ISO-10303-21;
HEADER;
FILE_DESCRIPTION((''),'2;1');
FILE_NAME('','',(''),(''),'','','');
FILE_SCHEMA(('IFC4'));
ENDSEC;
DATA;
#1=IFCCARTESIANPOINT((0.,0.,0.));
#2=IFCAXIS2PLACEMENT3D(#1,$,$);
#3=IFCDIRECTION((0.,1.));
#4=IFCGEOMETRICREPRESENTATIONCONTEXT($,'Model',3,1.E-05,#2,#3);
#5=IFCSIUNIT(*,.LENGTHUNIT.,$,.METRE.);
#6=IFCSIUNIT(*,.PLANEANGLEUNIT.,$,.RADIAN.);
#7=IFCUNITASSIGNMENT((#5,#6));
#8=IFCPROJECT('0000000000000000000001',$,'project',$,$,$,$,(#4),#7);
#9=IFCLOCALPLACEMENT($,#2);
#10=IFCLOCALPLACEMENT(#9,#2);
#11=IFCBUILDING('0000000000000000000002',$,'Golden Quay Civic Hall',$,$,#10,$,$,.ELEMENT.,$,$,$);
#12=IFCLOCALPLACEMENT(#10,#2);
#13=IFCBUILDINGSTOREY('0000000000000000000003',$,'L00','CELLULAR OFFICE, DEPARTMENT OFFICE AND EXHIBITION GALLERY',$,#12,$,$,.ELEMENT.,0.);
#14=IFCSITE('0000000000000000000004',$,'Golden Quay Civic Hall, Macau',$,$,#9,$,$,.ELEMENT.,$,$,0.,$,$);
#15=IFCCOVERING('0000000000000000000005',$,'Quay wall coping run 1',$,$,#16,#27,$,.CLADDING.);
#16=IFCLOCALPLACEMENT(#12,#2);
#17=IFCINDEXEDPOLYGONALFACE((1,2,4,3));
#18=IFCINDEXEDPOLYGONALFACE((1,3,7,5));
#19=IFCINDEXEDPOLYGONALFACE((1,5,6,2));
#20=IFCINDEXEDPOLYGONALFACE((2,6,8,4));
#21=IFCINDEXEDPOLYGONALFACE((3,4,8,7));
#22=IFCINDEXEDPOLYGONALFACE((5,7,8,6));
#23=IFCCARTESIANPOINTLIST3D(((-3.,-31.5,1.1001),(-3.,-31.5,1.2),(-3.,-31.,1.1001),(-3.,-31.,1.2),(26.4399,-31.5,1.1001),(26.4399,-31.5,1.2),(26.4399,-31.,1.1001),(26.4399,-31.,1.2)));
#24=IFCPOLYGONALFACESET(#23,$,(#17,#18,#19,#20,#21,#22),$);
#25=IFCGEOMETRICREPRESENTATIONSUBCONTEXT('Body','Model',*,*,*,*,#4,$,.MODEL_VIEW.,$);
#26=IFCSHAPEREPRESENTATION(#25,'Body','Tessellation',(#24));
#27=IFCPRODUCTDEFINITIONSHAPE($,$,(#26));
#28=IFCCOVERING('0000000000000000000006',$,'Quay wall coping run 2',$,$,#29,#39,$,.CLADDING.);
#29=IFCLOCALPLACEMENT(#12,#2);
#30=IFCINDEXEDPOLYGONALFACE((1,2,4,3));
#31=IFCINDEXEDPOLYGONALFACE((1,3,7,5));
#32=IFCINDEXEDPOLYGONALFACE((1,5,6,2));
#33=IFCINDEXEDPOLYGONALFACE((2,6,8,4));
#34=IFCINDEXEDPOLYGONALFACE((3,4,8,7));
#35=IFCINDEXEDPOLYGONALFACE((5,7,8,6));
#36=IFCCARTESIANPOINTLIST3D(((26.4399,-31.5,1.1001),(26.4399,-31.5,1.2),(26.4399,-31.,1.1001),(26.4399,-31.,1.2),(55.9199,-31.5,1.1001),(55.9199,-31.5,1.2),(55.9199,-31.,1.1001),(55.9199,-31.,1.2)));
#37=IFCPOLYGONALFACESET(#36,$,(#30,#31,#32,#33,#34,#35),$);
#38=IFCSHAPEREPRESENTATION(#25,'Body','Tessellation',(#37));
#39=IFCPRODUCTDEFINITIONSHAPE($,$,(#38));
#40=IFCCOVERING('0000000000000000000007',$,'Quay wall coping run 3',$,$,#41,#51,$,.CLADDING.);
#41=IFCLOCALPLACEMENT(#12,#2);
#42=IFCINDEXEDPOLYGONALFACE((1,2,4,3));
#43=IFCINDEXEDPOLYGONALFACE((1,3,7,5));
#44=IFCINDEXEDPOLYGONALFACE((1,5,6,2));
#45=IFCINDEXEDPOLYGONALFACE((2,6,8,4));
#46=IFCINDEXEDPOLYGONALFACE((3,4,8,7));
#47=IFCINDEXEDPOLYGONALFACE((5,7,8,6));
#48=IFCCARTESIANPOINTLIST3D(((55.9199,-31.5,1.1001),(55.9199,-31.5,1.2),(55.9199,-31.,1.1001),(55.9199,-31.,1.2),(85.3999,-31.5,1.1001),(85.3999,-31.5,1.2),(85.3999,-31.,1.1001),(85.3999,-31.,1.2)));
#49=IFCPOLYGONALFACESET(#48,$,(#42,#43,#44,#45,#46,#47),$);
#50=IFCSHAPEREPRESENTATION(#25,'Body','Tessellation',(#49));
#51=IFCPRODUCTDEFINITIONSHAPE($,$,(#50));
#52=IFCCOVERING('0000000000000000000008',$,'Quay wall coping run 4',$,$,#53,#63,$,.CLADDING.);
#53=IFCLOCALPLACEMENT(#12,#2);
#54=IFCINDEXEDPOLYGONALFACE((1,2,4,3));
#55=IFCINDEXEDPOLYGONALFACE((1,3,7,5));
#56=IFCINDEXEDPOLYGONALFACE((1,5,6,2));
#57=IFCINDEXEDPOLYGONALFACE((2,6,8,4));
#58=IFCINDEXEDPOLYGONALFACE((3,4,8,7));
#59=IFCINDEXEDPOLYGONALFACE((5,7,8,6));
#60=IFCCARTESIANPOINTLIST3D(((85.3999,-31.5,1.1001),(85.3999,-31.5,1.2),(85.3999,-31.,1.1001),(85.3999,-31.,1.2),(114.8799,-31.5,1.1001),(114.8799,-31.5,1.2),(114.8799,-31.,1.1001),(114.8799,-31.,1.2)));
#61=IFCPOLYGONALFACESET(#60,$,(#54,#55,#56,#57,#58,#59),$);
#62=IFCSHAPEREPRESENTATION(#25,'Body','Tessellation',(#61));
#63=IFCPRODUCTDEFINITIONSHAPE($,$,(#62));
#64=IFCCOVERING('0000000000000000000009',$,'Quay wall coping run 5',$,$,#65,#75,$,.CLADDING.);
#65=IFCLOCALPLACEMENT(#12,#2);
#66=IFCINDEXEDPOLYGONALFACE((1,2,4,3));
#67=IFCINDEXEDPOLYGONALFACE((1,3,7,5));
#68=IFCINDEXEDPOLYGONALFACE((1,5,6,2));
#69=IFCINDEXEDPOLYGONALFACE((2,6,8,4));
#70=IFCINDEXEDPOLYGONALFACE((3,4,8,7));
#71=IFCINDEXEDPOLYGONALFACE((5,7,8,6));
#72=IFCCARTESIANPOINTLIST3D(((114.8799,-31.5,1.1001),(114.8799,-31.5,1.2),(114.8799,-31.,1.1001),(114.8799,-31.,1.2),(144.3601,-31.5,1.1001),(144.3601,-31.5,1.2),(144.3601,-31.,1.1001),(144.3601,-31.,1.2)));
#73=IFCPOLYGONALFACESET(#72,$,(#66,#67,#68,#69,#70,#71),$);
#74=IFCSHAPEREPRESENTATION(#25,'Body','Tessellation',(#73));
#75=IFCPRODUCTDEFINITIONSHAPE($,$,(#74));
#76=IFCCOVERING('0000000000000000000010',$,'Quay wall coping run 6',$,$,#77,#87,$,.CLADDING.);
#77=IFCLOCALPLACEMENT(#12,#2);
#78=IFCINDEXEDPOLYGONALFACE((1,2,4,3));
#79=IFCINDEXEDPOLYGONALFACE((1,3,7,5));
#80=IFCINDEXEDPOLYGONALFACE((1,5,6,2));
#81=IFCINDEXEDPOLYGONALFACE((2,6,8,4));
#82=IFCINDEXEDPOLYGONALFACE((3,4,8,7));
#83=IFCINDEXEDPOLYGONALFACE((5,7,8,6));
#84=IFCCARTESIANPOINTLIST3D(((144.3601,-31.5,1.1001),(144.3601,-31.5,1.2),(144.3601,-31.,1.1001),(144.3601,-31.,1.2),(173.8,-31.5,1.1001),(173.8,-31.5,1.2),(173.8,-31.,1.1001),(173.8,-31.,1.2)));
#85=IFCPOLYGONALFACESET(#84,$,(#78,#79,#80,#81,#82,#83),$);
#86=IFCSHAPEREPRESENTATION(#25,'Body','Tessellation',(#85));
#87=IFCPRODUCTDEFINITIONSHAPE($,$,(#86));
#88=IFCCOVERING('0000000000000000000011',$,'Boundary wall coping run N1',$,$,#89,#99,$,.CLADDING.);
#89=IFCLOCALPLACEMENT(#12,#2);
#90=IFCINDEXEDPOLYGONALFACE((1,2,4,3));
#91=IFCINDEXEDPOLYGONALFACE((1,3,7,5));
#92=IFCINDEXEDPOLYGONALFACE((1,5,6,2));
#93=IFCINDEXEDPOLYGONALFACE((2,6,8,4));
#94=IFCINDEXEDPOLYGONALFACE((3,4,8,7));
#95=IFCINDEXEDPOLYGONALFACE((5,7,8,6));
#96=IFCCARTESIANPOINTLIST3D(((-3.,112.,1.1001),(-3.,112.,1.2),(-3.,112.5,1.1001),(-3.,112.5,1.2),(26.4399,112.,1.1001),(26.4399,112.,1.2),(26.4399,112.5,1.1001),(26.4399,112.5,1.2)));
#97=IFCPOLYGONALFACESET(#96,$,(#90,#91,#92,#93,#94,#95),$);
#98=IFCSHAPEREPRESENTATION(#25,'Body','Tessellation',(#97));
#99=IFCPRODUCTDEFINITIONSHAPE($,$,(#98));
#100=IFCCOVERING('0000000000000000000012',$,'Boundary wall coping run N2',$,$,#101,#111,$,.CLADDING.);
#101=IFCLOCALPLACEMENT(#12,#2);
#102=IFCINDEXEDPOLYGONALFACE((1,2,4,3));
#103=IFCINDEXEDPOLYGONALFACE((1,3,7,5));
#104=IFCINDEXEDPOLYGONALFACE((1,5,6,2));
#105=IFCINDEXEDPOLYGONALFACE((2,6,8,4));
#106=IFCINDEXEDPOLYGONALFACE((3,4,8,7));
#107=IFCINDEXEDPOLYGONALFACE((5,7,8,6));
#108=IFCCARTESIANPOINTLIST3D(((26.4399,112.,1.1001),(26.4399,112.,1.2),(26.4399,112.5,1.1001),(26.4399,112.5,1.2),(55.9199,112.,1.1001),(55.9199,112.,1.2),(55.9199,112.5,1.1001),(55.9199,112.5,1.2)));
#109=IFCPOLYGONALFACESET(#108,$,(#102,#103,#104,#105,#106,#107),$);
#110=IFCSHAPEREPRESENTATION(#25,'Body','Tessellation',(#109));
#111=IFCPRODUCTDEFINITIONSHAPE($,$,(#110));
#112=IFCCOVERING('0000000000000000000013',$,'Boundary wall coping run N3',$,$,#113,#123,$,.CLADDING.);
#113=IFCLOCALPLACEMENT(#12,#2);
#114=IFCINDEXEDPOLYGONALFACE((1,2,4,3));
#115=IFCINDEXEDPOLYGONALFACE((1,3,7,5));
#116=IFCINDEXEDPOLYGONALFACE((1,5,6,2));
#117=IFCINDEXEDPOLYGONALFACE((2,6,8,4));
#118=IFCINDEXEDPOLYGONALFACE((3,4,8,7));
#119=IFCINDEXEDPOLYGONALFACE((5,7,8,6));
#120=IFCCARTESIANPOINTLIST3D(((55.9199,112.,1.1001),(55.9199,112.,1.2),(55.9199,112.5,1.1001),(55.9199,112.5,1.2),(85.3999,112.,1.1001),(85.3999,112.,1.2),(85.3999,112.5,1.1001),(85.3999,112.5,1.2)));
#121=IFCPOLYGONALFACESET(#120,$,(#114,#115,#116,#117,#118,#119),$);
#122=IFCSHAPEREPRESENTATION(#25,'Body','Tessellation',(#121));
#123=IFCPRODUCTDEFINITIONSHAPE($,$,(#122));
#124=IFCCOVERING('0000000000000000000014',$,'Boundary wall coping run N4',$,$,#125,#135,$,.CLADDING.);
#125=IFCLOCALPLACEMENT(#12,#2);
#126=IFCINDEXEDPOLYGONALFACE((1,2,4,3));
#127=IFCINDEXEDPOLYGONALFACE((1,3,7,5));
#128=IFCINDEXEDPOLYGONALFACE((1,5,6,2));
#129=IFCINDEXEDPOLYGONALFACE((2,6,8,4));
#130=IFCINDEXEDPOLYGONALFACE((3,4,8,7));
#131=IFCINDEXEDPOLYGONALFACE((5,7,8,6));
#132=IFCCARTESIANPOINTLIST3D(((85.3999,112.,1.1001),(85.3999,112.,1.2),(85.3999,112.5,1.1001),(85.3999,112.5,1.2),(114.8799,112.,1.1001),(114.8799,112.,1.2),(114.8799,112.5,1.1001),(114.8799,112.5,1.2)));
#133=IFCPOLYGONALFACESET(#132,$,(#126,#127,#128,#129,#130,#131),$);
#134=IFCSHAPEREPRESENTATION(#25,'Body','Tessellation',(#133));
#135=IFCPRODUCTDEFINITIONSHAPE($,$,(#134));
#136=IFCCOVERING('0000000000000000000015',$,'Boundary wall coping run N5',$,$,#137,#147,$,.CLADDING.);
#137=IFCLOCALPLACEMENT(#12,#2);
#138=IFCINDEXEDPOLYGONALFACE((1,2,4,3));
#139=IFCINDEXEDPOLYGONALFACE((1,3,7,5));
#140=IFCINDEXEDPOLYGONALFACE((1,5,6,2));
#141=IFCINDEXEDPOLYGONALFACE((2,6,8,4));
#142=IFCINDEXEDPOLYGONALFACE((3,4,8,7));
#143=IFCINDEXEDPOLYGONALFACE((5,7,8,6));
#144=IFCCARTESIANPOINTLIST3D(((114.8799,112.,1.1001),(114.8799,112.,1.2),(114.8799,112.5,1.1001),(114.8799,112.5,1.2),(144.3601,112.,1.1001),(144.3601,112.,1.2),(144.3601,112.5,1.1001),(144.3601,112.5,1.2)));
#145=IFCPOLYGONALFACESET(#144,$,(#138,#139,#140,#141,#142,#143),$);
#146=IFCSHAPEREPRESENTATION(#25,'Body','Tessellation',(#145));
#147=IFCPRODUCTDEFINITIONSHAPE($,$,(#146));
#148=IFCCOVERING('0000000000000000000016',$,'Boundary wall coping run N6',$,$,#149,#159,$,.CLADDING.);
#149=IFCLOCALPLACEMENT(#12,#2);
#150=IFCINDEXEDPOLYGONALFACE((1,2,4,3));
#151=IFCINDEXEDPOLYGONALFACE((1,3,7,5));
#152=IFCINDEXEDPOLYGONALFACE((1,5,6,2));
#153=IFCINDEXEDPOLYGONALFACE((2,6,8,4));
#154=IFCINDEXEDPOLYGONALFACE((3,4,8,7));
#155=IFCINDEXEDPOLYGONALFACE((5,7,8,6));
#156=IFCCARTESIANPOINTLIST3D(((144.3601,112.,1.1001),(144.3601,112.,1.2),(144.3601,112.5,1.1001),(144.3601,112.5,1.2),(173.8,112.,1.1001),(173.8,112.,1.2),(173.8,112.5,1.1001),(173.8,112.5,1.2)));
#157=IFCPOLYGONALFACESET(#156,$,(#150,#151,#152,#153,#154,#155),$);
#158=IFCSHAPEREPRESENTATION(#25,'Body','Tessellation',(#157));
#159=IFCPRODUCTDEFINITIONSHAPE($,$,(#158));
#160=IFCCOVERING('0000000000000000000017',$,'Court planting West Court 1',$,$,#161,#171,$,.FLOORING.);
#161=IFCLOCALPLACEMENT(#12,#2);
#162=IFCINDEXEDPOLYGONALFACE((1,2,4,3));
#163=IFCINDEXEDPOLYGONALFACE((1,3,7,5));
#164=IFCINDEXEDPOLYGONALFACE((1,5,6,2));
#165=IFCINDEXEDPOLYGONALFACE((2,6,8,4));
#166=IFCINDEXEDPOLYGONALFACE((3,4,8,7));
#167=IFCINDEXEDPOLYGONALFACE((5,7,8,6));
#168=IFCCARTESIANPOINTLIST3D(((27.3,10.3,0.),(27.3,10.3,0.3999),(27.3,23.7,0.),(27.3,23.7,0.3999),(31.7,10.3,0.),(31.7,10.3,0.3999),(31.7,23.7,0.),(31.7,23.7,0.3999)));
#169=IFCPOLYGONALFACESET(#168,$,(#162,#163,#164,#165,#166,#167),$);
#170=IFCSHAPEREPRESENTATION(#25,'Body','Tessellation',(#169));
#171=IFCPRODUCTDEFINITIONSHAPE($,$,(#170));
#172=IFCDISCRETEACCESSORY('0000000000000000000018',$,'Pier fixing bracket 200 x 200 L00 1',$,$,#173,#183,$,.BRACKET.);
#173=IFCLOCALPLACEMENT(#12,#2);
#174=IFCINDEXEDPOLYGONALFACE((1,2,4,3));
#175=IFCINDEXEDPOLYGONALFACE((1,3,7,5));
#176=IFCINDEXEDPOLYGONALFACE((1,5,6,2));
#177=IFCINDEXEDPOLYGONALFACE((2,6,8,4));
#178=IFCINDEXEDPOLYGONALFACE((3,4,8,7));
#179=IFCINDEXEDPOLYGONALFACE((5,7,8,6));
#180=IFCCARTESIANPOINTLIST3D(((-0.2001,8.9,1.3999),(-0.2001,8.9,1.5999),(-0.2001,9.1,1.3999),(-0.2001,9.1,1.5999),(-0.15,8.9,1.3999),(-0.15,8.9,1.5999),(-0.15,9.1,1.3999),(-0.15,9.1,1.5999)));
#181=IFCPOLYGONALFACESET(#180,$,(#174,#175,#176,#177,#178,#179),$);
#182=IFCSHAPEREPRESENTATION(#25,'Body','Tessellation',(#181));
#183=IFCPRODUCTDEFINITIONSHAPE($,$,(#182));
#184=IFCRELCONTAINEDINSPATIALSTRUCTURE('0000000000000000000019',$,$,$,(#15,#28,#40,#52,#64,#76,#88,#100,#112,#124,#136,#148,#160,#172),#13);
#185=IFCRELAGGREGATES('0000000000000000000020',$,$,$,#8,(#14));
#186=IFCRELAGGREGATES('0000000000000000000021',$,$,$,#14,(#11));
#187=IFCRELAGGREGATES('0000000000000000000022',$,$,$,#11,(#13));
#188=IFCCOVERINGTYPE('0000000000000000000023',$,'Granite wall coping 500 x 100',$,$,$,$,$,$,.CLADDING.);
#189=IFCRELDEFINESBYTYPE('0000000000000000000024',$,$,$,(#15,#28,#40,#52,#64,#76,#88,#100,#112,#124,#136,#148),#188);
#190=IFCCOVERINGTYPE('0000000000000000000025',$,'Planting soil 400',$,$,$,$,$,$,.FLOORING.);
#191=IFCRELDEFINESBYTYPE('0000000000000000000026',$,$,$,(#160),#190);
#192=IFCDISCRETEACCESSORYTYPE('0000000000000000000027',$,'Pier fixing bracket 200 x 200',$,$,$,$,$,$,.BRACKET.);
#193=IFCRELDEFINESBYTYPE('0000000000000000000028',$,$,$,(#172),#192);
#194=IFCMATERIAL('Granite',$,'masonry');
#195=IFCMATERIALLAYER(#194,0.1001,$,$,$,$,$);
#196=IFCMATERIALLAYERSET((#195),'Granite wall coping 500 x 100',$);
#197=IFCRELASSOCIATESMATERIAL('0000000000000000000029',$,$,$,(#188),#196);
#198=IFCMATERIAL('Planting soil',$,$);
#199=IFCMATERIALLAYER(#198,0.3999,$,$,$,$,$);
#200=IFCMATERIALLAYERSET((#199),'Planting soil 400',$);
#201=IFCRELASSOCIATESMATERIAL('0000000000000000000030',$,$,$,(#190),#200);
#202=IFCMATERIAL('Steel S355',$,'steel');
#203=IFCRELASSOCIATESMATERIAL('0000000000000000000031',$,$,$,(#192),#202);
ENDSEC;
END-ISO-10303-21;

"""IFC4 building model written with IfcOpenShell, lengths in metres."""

from ifc_helpers import new_model, si_unit, direction, frame, origin, origin_2d, place, context, subcontext, project, spatial, polyline, rectangle, outline, extrude, material, layer, layer_set, type_object, element, save


model = new_model("IFC4")

# Units and contexts
model_context = context("Model", 3, precision=1e-05, world=origin(), true_north=direction((0.0, 1.0)))
body_context = subcontext(model_context, "Body", "Model", "MODEL_VIEW")
ifc_project = project(units=[si_unit("LENGTHUNIT", "METRE"), si_unit("PLANEANGLEUNIT", "RADIAN")], contexts=[model_context])

# Site, building, storey
site_placement = place(None, origin())
site = spatial("IfcSite", under=ifc_project, at=site_placement, Name="Golden Quay Civic Hall, Macau", CompositionType="ELEMENT", RefElevation=0.0)
building_placement = place(site_placement, origin())
building = spatial("IfcBuilding", under=site, at=building_placement, Name="Golden Quay Civic Hall", CompositionType="ELEMENT")
storey_placement = place(building_placement, origin())
storey = spatial("IfcBuildingStorey", under=building, at=storey_placement, Name="L00", Description="CELLULAR OFFICE, DEPARTMENT OFFICE AND EXHIBITION GALLERY", CompositionType="ELEMENT", Elevation=0.0)

# Coverings
ifc_material_1 = material(Name="Granite", Category="masonry")
ifc_layer_1 = layer(ifc_material_1, 0.1001)
ifc_layer_set_1 = layer_set([ifc_layer_1], Name="Granite wall coping 500 x 100")
covering_type_1 = type_object("IfcCoveringType", Name="Granite wall coping 500 x 100", PredefinedType="CLADDING", material=ifc_layer_set_1)
covering_1_placement = place(storey_placement, frame((0.0, 0.0, 1.1001)))
element("IfcCovering", 1, at=covering_1_placement, inside=storey, type_object=covering_type_1, Name="Quay wall coping run 1", PredefinedType="CLADDING", context=body_context, shape_type="SweptSolid", body=[
    extrude(outline(polyline([(-3.0, -31.5), (26.4399, -31.5), (26.4399, -31.0), (-3.0, -31.0), (-3.0, -31.5)])), origin(), (0.0, 0.0, 1.0), 0.0999),
])
covering_2_placement = place(storey_placement, frame((0.0, 0.0, 1.1001)))
element("IfcCovering", 2, at=covering_2_placement, inside=storey, type_object=covering_type_1, Name="Quay wall coping run 2", PredefinedType="CLADDING", context=body_context, shape_type="SweptSolid", body=[
    extrude(outline(polyline([(26.4399, -31.5), (55.9199, -31.5), (55.9199, -31.0), (26.4399, -31.0), (26.4399, -31.5)])), origin(), (0.0, 0.0, 1.0), 0.0999),
])
covering_3_placement = place(storey_placement, frame((0.0, 0.0, 1.1001)))
element("IfcCovering", 3, at=covering_3_placement, inside=storey, type_object=covering_type_1, Name="Quay wall coping run 3", PredefinedType="CLADDING", context=body_context, shape_type="SweptSolid", body=[
    extrude(outline(polyline([(55.9199, -31.5), (85.3999, -31.5), (85.3999, -31.0), (55.9199, -31.0), (55.9199, -31.5)])), origin(), (0.0, 0.0, 1.0), 0.0999),
])
covering_4_placement = place(storey_placement, frame((0.0, 0.0, 1.1001)))
element("IfcCovering", 4, at=covering_4_placement, inside=storey, type_object=covering_type_1, Name="Quay wall coping run 4", PredefinedType="CLADDING", context=body_context, shape_type="SweptSolid", body=[
    extrude(outline(polyline([(85.3999, -31.5), (114.8799, -31.5), (114.8799, -31.0), (85.3999, -31.0), (85.3999, -31.5)])), origin(), (0.0, 0.0, 1.0), 0.0999),
])
covering_5_placement = place(storey_placement, frame((0.0, 0.0, 1.1001)))
element("IfcCovering", 5, at=covering_5_placement, inside=storey, type_object=covering_type_1, Name="Quay wall coping run 5", PredefinedType="CLADDING", context=body_context, shape_type="SweptSolid", body=[
    extrude(outline(polyline([(114.8799, -31.5), (144.3601, -31.5), (144.3601, -31.0), (114.8799, -31.0), (114.8799, -31.5)])), origin(), (0.0, 0.0, 1.0), 0.0999),
])
covering_6_placement = place(storey_placement, frame((0.0, 0.0, 1.1001)))
element("IfcCovering", 6, at=covering_6_placement, inside=storey, type_object=covering_type_1, Name="Quay wall coping run 6", PredefinedType="CLADDING", context=body_context, shape_type="SweptSolid", body=[
    extrude(outline(polyline([(144.3601, -31.5), (173.8, -31.5), (173.8, -31.0), (144.3601, -31.0), (144.3601, -31.5)])), origin(), (0.0, 0.0, 1.0), 0.0999),
])
covering_7_placement = place(storey_placement, frame((0.0, 0.0, 1.1001)))
element("IfcCovering", 7, at=covering_7_placement, inside=storey, type_object=covering_type_1, Name="Boundary wall coping run N1", PredefinedType="CLADDING", context=body_context, shape_type="SweptSolid", body=[
    extrude(outline(polyline([(-3.0, 112.0), (26.4399, 112.0), (26.4399, 112.5), (-3.0, 112.5), (-3.0, 112.0)])), origin(), (0.0, 0.0, 1.0), 0.0999),
])
covering_8_placement = place(storey_placement, frame((0.0, 0.0, 1.1001)))
element("IfcCovering", 8, at=covering_8_placement, inside=storey, type_object=covering_type_1, Name="Boundary wall coping run N2", PredefinedType="CLADDING", context=body_context, shape_type="SweptSolid", body=[
    extrude(outline(polyline([(26.4399, 112.0), (55.9199, 112.0), (55.9199, 112.5), (26.4399, 112.5), (26.4399, 112.0)])), origin(), (0.0, 0.0, 1.0), 0.0999),
])
covering_9_placement = place(storey_placement, frame((0.0, 0.0, 1.1001)))
element("IfcCovering", 9, at=covering_9_placement, inside=storey, type_object=covering_type_1, Name="Boundary wall coping run N3", PredefinedType="CLADDING", context=body_context, shape_type="SweptSolid", body=[
    extrude(outline(polyline([(55.9199, 112.0), (85.3999, 112.0), (85.3999, 112.5), (55.9199, 112.5), (55.9199, 112.0)])), origin(), (0.0, 0.0, 1.0), 0.0999),
])
covering_10_placement = place(storey_placement, frame((0.0, 0.0, 1.1001)))
element("IfcCovering", 10, at=covering_10_placement, inside=storey, type_object=covering_type_1, Name="Boundary wall coping run N4", PredefinedType="CLADDING", context=body_context, shape_type="SweptSolid", body=[
    extrude(outline(polyline([(85.3999, 112.0), (114.8799, 112.0), (114.8799, 112.5), (85.3999, 112.5), (85.3999, 112.0)])), origin(), (0.0, 0.0, 1.0), 0.0999),
])
covering_11_placement = place(storey_placement, frame((0.0, 0.0, 1.1001)))
element("IfcCovering", 11, at=covering_11_placement, inside=storey, type_object=covering_type_1, Name="Boundary wall coping run N5", PredefinedType="CLADDING", context=body_context, shape_type="SweptSolid", body=[
    extrude(outline(polyline([(114.8799, 112.0), (144.3601, 112.0), (144.3601, 112.5), (114.8799, 112.5), (114.8799, 112.0)])), origin(), (0.0, 0.0, 1.0), 0.0999),
])
covering_12_placement = place(storey_placement, frame((0.0, 0.0, 1.1001)))
element("IfcCovering", 12, at=covering_12_placement, inside=storey, type_object=covering_type_1, Name="Boundary wall coping run N6", PredefinedType="CLADDING", context=body_context, shape_type="SweptSolid", body=[
    extrude(outline(polyline([(144.3601, 112.0), (173.8, 112.0), (173.8, 112.5), (144.3601, 112.5), (144.3601, 112.0)])), origin(), (0.0, 0.0, 1.0), 0.0999),
])
ifc_material_2 = material(Name="Planting soil")
ifc_layer_2 = layer(ifc_material_2, 0.3999)
ifc_layer_set_2 = layer_set([ifc_layer_2], Name="Planting soil 400")
covering_type_2 = type_object("IfcCoveringType", Name="Planting soil 400", PredefinedType="FLOORING", material=ifc_layer_set_2)
covering_13_placement = place(storey_placement, origin())
element("IfcCovering", 13, at=covering_13_placement, inside=storey, type_object=covering_type_2, Name="Court planting West Court 1", PredefinedType="FLOORING", context=body_context, shape_type="SweptSolid", body=[
    extrude(outline(polyline([(27.3, 10.3), (31.7, 10.3), (31.7, 23.7), (27.3, 23.7), (27.3, 10.3)])), origin(), (0.0, 0.0, 1.0), 0.3999),
])

# Discrete accessory
ifc_material_3 = material(Name="Steel S355", Category="steel")
discrete_accessory_type = type_object("IfcDiscreteAccessoryType", Name="Pier fixing bracket 200 x 200", PredefinedType="BRACKET", material=ifc_material_3)
discrete_accessory_placement = place(storey_placement, frame((-0.175, 9.0, 1.3999), z_axis=(0.0, 0.0, 1.0), x_axis=(0.0, -1.0, 0.0)))
element("IfcDiscreteAccessory", 14, at=discrete_accessory_placement, inside=storey, type_object=discrete_accessory_type, Name="Pier fixing bracket 200 x 200 L00 1", PredefinedType="BRACKET", context=body_context, shape_type="SweptSolid", body=[
    extrude(rectangle(XDim=0.2, YDim=0.05, at=origin_2d()), origin(), (0.0, 0.0, 1.0), 0.2),
])

save(model, "model.ifc")
